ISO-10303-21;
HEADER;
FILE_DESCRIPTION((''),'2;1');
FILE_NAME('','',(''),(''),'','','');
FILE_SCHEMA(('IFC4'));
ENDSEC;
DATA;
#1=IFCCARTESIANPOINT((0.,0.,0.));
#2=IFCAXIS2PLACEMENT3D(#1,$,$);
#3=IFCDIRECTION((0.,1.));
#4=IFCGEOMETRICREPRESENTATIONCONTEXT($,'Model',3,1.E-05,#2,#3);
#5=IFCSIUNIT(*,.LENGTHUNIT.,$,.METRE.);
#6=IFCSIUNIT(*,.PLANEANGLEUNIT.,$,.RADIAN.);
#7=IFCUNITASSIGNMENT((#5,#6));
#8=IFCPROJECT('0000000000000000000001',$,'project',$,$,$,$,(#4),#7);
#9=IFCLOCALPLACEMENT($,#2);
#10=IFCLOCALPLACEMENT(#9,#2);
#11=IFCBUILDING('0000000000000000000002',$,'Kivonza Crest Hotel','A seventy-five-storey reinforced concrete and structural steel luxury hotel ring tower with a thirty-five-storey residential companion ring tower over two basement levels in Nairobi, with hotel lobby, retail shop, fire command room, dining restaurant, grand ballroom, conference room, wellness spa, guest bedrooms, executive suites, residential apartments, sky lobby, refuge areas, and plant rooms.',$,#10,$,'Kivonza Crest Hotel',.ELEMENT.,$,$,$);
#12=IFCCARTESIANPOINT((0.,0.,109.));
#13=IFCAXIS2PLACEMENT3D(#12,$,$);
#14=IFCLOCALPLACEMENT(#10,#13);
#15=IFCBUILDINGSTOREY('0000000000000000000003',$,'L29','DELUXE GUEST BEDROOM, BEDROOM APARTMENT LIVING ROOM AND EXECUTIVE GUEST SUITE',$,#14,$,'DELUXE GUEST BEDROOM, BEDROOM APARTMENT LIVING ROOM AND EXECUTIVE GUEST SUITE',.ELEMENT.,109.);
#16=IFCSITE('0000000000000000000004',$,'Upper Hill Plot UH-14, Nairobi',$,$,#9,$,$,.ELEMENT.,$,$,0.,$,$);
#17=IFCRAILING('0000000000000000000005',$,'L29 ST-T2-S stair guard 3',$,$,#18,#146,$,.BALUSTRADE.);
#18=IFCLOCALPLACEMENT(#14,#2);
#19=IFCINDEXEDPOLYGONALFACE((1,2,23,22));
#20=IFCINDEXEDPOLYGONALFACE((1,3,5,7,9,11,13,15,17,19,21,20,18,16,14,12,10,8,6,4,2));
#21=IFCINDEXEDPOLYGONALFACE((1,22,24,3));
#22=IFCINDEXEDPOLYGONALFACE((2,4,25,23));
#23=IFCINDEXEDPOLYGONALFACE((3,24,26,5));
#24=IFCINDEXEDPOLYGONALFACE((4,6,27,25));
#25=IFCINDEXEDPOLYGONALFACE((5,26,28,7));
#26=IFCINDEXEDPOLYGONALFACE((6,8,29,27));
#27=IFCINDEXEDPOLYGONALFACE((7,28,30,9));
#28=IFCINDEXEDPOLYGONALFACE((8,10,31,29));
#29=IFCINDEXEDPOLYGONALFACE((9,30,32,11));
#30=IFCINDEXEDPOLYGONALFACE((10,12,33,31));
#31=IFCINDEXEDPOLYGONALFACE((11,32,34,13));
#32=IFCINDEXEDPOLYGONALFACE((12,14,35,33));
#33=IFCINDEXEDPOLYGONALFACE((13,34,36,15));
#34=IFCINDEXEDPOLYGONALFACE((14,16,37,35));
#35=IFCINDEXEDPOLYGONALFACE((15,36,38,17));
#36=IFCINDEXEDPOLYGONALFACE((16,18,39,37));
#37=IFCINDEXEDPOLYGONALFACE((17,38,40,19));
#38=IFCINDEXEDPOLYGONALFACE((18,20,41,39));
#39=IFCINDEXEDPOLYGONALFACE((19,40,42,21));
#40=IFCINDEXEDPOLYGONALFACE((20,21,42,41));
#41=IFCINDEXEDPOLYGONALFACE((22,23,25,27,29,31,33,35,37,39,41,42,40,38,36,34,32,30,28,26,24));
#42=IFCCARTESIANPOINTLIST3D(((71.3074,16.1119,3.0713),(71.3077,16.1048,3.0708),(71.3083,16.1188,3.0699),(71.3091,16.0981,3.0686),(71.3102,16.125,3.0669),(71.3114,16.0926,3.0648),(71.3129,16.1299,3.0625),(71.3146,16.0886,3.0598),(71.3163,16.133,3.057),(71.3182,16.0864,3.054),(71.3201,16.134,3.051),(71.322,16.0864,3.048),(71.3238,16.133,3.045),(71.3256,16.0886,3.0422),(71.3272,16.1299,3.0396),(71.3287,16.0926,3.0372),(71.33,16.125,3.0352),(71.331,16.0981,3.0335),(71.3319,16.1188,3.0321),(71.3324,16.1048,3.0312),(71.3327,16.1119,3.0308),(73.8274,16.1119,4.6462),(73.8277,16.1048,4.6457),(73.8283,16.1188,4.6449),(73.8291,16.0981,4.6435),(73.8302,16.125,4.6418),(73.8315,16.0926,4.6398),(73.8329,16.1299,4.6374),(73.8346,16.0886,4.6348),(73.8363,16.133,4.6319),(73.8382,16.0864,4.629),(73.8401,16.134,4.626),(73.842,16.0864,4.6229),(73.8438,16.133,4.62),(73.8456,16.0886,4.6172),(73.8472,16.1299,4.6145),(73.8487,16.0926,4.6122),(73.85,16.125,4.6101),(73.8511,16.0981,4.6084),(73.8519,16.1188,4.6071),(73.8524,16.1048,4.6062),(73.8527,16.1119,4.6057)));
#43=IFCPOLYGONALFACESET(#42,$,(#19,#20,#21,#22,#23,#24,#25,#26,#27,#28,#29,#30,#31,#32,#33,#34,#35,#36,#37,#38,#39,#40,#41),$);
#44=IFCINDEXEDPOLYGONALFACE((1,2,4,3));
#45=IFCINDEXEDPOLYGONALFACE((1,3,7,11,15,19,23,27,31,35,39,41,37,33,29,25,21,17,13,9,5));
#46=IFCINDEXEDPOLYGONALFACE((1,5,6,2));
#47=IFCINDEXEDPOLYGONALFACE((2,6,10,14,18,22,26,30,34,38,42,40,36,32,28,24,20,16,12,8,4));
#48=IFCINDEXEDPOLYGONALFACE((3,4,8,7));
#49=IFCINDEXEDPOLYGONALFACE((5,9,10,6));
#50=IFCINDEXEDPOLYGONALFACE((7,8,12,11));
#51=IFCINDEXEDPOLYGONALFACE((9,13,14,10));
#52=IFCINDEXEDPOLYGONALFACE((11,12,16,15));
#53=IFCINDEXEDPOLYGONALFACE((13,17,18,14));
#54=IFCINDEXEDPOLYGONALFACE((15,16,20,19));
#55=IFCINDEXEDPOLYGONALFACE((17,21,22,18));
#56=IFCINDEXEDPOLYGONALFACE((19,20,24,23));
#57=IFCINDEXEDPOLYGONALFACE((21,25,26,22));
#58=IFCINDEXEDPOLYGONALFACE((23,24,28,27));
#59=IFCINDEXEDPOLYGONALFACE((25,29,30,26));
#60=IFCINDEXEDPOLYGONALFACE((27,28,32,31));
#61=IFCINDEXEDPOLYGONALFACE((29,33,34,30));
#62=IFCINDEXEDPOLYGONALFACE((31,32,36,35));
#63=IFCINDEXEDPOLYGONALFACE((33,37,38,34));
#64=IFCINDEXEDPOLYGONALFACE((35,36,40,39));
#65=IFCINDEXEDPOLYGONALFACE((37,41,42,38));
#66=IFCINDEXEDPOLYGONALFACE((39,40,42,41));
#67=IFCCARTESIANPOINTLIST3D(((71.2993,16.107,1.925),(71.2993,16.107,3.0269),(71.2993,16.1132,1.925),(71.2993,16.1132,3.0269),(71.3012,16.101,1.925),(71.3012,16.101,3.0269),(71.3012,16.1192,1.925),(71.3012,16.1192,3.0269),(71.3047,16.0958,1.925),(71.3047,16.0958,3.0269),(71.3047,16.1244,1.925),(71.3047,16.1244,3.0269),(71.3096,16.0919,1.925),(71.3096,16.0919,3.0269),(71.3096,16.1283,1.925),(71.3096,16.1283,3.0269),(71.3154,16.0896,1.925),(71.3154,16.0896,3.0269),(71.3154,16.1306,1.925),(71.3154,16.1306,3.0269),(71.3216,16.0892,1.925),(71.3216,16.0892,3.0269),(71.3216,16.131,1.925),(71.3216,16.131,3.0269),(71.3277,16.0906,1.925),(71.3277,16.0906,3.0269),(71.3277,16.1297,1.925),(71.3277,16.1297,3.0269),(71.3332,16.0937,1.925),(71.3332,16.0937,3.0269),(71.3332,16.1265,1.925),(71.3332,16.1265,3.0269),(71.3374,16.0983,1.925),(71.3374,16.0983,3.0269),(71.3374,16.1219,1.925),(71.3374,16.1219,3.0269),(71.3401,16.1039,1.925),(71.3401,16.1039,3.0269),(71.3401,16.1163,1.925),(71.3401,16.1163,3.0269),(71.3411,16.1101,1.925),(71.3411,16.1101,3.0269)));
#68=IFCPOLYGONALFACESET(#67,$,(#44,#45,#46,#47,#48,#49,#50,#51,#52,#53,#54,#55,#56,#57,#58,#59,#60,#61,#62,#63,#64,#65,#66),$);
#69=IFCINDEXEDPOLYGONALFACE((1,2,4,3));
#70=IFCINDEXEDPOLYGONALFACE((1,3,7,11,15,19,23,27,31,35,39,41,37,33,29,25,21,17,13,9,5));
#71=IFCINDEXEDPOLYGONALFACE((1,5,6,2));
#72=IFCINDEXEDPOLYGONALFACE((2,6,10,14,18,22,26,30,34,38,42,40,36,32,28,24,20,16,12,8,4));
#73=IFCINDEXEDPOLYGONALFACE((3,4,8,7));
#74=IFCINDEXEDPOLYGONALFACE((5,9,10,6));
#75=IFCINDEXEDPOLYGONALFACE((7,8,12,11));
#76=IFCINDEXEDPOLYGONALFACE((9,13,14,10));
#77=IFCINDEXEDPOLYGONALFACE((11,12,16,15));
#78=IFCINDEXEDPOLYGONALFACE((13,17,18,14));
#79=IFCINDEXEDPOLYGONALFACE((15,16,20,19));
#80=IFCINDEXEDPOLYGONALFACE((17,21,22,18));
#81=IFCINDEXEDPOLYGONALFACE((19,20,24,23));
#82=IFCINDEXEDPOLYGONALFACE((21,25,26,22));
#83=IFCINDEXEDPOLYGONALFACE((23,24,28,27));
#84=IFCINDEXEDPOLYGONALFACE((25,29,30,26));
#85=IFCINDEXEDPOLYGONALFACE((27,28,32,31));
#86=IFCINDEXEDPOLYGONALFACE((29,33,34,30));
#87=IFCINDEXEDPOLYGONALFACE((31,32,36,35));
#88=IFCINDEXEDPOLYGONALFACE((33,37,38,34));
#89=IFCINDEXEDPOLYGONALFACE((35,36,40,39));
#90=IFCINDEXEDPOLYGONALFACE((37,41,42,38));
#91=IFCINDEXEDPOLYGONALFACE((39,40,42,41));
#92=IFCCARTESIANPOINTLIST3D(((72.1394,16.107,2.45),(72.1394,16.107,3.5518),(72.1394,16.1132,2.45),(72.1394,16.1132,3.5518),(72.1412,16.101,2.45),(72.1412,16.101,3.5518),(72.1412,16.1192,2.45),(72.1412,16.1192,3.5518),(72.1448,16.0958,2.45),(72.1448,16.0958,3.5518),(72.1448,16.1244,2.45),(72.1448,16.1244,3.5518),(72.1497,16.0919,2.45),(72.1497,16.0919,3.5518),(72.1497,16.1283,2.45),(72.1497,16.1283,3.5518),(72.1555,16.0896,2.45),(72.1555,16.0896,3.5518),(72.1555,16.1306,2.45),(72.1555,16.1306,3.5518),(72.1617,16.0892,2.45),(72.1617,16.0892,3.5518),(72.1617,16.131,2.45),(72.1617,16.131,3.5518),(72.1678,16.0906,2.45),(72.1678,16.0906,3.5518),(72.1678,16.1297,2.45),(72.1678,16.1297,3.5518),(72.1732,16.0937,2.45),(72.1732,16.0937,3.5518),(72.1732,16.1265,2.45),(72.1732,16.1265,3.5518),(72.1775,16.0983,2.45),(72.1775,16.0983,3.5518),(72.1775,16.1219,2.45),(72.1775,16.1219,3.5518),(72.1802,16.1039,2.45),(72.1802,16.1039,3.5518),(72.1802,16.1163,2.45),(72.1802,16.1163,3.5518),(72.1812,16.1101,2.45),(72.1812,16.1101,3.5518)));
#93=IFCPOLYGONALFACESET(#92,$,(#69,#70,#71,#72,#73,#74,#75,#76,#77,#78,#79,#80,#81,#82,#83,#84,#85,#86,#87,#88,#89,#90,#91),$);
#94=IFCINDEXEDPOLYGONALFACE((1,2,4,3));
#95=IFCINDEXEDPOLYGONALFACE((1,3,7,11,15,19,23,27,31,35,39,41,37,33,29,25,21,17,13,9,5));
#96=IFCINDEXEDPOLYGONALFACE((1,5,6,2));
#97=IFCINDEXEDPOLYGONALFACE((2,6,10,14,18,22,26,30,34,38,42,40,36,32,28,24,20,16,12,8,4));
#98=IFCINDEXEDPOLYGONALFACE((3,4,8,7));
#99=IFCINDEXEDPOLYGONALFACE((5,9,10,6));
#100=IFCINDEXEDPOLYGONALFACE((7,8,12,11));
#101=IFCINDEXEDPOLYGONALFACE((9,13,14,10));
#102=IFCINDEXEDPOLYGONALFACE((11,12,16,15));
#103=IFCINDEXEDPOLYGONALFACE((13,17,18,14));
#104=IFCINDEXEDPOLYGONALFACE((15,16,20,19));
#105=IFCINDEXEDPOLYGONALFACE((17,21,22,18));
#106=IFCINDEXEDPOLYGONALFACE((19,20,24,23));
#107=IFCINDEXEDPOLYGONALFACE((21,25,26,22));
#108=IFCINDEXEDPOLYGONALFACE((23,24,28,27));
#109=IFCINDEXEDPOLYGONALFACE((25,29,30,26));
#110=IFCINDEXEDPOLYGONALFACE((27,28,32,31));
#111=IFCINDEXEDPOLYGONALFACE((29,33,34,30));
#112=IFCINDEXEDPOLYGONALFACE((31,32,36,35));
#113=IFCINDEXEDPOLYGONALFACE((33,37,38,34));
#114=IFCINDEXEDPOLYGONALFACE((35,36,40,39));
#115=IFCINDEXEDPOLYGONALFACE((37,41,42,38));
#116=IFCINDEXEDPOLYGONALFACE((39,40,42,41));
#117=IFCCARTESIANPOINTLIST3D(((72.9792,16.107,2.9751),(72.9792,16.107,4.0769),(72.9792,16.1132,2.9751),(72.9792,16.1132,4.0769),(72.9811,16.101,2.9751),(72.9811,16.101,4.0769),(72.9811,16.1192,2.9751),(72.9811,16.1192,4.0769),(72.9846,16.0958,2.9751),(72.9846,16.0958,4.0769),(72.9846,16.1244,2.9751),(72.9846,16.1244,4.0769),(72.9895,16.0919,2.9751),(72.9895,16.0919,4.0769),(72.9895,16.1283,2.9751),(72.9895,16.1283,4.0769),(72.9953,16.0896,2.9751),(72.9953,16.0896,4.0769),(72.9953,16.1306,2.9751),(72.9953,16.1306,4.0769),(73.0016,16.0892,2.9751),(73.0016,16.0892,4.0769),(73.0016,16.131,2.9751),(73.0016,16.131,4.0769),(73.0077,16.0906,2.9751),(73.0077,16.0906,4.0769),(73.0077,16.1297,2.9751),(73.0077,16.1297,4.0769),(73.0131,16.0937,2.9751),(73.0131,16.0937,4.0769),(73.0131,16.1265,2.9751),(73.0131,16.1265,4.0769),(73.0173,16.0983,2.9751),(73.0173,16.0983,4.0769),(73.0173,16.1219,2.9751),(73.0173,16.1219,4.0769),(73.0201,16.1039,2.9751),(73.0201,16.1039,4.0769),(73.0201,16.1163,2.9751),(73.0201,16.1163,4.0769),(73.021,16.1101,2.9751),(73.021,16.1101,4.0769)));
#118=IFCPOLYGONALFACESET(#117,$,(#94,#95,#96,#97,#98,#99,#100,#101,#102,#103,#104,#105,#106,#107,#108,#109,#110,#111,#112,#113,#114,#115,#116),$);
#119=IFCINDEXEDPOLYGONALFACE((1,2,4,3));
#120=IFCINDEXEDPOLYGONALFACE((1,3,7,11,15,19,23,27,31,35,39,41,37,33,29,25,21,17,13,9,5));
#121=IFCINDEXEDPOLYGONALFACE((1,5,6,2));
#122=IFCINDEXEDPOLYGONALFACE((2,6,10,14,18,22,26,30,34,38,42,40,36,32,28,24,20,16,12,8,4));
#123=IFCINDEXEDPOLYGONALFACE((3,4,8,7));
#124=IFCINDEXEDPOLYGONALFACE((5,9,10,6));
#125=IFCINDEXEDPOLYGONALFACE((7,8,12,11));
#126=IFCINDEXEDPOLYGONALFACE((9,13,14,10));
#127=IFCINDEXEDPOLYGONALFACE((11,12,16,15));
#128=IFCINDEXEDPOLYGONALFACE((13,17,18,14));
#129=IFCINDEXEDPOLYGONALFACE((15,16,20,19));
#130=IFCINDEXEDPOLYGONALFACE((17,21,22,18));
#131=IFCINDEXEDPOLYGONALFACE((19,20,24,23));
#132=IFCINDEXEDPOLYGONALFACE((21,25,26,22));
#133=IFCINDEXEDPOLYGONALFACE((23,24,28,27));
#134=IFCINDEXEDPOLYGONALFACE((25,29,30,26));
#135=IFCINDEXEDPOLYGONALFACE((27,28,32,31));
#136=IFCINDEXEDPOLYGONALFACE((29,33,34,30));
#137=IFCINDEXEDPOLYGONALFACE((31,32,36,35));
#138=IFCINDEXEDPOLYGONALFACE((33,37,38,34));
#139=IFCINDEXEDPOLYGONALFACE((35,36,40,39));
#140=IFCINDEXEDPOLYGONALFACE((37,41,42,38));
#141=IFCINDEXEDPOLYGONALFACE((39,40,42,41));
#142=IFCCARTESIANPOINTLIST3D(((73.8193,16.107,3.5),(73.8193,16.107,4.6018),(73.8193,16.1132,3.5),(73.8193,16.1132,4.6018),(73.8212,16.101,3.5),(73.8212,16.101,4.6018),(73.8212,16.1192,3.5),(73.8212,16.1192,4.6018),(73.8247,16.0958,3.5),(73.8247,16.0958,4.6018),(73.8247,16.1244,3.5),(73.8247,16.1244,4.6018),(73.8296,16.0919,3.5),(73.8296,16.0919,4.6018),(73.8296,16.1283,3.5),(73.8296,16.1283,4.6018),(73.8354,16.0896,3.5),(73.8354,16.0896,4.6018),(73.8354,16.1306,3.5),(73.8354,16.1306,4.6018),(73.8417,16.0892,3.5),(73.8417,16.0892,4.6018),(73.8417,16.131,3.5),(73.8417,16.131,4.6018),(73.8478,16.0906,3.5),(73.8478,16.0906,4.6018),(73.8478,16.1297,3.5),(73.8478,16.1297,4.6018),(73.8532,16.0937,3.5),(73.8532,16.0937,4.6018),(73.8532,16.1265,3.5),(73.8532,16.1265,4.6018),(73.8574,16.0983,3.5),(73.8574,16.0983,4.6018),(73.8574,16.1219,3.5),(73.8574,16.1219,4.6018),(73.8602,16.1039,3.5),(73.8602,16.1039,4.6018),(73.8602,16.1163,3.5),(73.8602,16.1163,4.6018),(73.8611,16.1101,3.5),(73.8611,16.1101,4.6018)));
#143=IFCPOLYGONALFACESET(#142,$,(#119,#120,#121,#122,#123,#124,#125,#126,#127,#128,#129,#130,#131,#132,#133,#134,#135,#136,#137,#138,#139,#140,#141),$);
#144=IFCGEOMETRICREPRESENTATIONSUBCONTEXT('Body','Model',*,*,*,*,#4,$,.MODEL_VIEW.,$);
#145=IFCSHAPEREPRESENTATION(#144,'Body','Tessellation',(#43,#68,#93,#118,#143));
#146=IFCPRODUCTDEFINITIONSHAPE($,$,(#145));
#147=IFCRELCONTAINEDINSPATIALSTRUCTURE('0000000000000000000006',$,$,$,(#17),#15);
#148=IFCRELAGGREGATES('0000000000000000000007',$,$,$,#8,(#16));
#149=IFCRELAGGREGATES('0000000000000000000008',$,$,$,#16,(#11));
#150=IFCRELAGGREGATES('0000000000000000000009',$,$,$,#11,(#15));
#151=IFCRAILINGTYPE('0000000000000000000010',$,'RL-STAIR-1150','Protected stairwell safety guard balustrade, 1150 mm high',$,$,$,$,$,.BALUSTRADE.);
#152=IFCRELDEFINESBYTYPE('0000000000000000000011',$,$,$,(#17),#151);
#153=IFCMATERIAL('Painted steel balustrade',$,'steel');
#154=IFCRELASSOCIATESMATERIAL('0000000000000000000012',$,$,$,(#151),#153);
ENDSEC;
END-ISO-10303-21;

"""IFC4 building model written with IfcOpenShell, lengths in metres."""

from ifc_helpers import new_model, si_unit, direction, frame, origin, origin_2d, place, context, subcontext, project, spatial, circle, extrude, material, type_object, element, save


model = new_model("IFC4")

# Units and contexts
model_context = context("Model", 3, precision=1e-05, world=origin(), true_north=direction((0.0, 1.0)))
body_context = subcontext(model_context, "Body", "Model", "MODEL_VIEW")
ifc_project = project(units=[si_unit("LENGTHUNIT", "METRE"), si_unit("PLANEANGLEUNIT", "RADIAN")], contexts=[model_context])

# Site, building, storey
site_placement = place(None, origin())
site = spatial("IfcSite", under=ifc_project, at=site_placement, Name="Upper Hill Plot UH-14, Nairobi", CompositionType="ELEMENT", RefElevation=0.0)
building_placement = place(site_placement, origin())
building = spatial("IfcBuilding", under=site, at=building_placement, Name="Kivonza Crest Hotel", Description="A seventy-five-storey reinforced concrete and structural steel luxury hotel ring tower with a thirty-five-storey residential companion ring tower over two basement levels in Nairobi, with hotel lobby, retail shop, fire command room, dining restaurant, grand ballroom, conference room, wellness spa, guest bedrooms, executive suites, residential apartments, sky lobby, refuge areas, and plant rooms.", LongName="Kivonza Crest Hotel", CompositionType="ELEMENT")
storey_placement = place(building_placement, frame((0.0, 0.0, 109.0)))
storey = spatial("IfcBuildingStorey", under=building, at=storey_placement, Name="L29", Description="DELUXE GUEST BEDROOM, BEDROOM APARTMENT LIVING ROOM AND EXECUTIVE GUEST SUITE", LongName="DELUXE GUEST BEDROOM, BEDROOM APARTMENT LIVING ROOM AND EXECUTIVE GUEST SUITE", CompositionType="ELEMENT", Elevation=109.0)

# Railing
ifc_material_1 = material(Name="Painted steel balustrade", Category="steel")
railing_type_1 = type_object("IfcRailingType", Name="RL-STAIR-1150", Description="Protected stairwell safety guard balustrade, 1150 mm high", PredefinedType="BALUSTRADE", material=ifc_material_1)
railing_1_placement = place(storey_placement, frame((71.3201, 16.1101, 1.925)))
element("IfcRailing", 1, at=railing_1_placement, inside=storey, type_object=railing_type_1, Name="L29 ST-T2-S stair guard 3", PredefinedType="BALUSTRADE", context=body_context, shape_type="SweptSolid", body=[
    extrude(circle(Radius=0.0239, at=origin_2d()), frame((0.0, 0.0, 1.126), z_axis=(0.848008, 0.0, 0.529984), x_axis=(0.0, 1.0, 0.0)), (0.0, 0.0, 1.0), 2.9717),
    extrude(circle(Radius=0.021, at=origin_2d()), origin(), (0.0, 0.0, 1.0), 1.1018),
    extrude(circle(Radius=0.021, at=origin_2d()), frame((0.8401, 0.0, 0.5249)), (0.0, 0.0, 1.0), 1.1018),
    extrude(circle(Radius=0.021, at=origin_2d()), frame((1.6799, 0.0, 1.05)), (0.0, 0.0, 1.0), 1.1018),
    extrude(circle(Radius=0.021, at=origin_2d()), frame((2.52, 0.0, 1.575)), (0.0, 0.0, 1.0), 1.1018),
])

save(model, "model.ifc")
